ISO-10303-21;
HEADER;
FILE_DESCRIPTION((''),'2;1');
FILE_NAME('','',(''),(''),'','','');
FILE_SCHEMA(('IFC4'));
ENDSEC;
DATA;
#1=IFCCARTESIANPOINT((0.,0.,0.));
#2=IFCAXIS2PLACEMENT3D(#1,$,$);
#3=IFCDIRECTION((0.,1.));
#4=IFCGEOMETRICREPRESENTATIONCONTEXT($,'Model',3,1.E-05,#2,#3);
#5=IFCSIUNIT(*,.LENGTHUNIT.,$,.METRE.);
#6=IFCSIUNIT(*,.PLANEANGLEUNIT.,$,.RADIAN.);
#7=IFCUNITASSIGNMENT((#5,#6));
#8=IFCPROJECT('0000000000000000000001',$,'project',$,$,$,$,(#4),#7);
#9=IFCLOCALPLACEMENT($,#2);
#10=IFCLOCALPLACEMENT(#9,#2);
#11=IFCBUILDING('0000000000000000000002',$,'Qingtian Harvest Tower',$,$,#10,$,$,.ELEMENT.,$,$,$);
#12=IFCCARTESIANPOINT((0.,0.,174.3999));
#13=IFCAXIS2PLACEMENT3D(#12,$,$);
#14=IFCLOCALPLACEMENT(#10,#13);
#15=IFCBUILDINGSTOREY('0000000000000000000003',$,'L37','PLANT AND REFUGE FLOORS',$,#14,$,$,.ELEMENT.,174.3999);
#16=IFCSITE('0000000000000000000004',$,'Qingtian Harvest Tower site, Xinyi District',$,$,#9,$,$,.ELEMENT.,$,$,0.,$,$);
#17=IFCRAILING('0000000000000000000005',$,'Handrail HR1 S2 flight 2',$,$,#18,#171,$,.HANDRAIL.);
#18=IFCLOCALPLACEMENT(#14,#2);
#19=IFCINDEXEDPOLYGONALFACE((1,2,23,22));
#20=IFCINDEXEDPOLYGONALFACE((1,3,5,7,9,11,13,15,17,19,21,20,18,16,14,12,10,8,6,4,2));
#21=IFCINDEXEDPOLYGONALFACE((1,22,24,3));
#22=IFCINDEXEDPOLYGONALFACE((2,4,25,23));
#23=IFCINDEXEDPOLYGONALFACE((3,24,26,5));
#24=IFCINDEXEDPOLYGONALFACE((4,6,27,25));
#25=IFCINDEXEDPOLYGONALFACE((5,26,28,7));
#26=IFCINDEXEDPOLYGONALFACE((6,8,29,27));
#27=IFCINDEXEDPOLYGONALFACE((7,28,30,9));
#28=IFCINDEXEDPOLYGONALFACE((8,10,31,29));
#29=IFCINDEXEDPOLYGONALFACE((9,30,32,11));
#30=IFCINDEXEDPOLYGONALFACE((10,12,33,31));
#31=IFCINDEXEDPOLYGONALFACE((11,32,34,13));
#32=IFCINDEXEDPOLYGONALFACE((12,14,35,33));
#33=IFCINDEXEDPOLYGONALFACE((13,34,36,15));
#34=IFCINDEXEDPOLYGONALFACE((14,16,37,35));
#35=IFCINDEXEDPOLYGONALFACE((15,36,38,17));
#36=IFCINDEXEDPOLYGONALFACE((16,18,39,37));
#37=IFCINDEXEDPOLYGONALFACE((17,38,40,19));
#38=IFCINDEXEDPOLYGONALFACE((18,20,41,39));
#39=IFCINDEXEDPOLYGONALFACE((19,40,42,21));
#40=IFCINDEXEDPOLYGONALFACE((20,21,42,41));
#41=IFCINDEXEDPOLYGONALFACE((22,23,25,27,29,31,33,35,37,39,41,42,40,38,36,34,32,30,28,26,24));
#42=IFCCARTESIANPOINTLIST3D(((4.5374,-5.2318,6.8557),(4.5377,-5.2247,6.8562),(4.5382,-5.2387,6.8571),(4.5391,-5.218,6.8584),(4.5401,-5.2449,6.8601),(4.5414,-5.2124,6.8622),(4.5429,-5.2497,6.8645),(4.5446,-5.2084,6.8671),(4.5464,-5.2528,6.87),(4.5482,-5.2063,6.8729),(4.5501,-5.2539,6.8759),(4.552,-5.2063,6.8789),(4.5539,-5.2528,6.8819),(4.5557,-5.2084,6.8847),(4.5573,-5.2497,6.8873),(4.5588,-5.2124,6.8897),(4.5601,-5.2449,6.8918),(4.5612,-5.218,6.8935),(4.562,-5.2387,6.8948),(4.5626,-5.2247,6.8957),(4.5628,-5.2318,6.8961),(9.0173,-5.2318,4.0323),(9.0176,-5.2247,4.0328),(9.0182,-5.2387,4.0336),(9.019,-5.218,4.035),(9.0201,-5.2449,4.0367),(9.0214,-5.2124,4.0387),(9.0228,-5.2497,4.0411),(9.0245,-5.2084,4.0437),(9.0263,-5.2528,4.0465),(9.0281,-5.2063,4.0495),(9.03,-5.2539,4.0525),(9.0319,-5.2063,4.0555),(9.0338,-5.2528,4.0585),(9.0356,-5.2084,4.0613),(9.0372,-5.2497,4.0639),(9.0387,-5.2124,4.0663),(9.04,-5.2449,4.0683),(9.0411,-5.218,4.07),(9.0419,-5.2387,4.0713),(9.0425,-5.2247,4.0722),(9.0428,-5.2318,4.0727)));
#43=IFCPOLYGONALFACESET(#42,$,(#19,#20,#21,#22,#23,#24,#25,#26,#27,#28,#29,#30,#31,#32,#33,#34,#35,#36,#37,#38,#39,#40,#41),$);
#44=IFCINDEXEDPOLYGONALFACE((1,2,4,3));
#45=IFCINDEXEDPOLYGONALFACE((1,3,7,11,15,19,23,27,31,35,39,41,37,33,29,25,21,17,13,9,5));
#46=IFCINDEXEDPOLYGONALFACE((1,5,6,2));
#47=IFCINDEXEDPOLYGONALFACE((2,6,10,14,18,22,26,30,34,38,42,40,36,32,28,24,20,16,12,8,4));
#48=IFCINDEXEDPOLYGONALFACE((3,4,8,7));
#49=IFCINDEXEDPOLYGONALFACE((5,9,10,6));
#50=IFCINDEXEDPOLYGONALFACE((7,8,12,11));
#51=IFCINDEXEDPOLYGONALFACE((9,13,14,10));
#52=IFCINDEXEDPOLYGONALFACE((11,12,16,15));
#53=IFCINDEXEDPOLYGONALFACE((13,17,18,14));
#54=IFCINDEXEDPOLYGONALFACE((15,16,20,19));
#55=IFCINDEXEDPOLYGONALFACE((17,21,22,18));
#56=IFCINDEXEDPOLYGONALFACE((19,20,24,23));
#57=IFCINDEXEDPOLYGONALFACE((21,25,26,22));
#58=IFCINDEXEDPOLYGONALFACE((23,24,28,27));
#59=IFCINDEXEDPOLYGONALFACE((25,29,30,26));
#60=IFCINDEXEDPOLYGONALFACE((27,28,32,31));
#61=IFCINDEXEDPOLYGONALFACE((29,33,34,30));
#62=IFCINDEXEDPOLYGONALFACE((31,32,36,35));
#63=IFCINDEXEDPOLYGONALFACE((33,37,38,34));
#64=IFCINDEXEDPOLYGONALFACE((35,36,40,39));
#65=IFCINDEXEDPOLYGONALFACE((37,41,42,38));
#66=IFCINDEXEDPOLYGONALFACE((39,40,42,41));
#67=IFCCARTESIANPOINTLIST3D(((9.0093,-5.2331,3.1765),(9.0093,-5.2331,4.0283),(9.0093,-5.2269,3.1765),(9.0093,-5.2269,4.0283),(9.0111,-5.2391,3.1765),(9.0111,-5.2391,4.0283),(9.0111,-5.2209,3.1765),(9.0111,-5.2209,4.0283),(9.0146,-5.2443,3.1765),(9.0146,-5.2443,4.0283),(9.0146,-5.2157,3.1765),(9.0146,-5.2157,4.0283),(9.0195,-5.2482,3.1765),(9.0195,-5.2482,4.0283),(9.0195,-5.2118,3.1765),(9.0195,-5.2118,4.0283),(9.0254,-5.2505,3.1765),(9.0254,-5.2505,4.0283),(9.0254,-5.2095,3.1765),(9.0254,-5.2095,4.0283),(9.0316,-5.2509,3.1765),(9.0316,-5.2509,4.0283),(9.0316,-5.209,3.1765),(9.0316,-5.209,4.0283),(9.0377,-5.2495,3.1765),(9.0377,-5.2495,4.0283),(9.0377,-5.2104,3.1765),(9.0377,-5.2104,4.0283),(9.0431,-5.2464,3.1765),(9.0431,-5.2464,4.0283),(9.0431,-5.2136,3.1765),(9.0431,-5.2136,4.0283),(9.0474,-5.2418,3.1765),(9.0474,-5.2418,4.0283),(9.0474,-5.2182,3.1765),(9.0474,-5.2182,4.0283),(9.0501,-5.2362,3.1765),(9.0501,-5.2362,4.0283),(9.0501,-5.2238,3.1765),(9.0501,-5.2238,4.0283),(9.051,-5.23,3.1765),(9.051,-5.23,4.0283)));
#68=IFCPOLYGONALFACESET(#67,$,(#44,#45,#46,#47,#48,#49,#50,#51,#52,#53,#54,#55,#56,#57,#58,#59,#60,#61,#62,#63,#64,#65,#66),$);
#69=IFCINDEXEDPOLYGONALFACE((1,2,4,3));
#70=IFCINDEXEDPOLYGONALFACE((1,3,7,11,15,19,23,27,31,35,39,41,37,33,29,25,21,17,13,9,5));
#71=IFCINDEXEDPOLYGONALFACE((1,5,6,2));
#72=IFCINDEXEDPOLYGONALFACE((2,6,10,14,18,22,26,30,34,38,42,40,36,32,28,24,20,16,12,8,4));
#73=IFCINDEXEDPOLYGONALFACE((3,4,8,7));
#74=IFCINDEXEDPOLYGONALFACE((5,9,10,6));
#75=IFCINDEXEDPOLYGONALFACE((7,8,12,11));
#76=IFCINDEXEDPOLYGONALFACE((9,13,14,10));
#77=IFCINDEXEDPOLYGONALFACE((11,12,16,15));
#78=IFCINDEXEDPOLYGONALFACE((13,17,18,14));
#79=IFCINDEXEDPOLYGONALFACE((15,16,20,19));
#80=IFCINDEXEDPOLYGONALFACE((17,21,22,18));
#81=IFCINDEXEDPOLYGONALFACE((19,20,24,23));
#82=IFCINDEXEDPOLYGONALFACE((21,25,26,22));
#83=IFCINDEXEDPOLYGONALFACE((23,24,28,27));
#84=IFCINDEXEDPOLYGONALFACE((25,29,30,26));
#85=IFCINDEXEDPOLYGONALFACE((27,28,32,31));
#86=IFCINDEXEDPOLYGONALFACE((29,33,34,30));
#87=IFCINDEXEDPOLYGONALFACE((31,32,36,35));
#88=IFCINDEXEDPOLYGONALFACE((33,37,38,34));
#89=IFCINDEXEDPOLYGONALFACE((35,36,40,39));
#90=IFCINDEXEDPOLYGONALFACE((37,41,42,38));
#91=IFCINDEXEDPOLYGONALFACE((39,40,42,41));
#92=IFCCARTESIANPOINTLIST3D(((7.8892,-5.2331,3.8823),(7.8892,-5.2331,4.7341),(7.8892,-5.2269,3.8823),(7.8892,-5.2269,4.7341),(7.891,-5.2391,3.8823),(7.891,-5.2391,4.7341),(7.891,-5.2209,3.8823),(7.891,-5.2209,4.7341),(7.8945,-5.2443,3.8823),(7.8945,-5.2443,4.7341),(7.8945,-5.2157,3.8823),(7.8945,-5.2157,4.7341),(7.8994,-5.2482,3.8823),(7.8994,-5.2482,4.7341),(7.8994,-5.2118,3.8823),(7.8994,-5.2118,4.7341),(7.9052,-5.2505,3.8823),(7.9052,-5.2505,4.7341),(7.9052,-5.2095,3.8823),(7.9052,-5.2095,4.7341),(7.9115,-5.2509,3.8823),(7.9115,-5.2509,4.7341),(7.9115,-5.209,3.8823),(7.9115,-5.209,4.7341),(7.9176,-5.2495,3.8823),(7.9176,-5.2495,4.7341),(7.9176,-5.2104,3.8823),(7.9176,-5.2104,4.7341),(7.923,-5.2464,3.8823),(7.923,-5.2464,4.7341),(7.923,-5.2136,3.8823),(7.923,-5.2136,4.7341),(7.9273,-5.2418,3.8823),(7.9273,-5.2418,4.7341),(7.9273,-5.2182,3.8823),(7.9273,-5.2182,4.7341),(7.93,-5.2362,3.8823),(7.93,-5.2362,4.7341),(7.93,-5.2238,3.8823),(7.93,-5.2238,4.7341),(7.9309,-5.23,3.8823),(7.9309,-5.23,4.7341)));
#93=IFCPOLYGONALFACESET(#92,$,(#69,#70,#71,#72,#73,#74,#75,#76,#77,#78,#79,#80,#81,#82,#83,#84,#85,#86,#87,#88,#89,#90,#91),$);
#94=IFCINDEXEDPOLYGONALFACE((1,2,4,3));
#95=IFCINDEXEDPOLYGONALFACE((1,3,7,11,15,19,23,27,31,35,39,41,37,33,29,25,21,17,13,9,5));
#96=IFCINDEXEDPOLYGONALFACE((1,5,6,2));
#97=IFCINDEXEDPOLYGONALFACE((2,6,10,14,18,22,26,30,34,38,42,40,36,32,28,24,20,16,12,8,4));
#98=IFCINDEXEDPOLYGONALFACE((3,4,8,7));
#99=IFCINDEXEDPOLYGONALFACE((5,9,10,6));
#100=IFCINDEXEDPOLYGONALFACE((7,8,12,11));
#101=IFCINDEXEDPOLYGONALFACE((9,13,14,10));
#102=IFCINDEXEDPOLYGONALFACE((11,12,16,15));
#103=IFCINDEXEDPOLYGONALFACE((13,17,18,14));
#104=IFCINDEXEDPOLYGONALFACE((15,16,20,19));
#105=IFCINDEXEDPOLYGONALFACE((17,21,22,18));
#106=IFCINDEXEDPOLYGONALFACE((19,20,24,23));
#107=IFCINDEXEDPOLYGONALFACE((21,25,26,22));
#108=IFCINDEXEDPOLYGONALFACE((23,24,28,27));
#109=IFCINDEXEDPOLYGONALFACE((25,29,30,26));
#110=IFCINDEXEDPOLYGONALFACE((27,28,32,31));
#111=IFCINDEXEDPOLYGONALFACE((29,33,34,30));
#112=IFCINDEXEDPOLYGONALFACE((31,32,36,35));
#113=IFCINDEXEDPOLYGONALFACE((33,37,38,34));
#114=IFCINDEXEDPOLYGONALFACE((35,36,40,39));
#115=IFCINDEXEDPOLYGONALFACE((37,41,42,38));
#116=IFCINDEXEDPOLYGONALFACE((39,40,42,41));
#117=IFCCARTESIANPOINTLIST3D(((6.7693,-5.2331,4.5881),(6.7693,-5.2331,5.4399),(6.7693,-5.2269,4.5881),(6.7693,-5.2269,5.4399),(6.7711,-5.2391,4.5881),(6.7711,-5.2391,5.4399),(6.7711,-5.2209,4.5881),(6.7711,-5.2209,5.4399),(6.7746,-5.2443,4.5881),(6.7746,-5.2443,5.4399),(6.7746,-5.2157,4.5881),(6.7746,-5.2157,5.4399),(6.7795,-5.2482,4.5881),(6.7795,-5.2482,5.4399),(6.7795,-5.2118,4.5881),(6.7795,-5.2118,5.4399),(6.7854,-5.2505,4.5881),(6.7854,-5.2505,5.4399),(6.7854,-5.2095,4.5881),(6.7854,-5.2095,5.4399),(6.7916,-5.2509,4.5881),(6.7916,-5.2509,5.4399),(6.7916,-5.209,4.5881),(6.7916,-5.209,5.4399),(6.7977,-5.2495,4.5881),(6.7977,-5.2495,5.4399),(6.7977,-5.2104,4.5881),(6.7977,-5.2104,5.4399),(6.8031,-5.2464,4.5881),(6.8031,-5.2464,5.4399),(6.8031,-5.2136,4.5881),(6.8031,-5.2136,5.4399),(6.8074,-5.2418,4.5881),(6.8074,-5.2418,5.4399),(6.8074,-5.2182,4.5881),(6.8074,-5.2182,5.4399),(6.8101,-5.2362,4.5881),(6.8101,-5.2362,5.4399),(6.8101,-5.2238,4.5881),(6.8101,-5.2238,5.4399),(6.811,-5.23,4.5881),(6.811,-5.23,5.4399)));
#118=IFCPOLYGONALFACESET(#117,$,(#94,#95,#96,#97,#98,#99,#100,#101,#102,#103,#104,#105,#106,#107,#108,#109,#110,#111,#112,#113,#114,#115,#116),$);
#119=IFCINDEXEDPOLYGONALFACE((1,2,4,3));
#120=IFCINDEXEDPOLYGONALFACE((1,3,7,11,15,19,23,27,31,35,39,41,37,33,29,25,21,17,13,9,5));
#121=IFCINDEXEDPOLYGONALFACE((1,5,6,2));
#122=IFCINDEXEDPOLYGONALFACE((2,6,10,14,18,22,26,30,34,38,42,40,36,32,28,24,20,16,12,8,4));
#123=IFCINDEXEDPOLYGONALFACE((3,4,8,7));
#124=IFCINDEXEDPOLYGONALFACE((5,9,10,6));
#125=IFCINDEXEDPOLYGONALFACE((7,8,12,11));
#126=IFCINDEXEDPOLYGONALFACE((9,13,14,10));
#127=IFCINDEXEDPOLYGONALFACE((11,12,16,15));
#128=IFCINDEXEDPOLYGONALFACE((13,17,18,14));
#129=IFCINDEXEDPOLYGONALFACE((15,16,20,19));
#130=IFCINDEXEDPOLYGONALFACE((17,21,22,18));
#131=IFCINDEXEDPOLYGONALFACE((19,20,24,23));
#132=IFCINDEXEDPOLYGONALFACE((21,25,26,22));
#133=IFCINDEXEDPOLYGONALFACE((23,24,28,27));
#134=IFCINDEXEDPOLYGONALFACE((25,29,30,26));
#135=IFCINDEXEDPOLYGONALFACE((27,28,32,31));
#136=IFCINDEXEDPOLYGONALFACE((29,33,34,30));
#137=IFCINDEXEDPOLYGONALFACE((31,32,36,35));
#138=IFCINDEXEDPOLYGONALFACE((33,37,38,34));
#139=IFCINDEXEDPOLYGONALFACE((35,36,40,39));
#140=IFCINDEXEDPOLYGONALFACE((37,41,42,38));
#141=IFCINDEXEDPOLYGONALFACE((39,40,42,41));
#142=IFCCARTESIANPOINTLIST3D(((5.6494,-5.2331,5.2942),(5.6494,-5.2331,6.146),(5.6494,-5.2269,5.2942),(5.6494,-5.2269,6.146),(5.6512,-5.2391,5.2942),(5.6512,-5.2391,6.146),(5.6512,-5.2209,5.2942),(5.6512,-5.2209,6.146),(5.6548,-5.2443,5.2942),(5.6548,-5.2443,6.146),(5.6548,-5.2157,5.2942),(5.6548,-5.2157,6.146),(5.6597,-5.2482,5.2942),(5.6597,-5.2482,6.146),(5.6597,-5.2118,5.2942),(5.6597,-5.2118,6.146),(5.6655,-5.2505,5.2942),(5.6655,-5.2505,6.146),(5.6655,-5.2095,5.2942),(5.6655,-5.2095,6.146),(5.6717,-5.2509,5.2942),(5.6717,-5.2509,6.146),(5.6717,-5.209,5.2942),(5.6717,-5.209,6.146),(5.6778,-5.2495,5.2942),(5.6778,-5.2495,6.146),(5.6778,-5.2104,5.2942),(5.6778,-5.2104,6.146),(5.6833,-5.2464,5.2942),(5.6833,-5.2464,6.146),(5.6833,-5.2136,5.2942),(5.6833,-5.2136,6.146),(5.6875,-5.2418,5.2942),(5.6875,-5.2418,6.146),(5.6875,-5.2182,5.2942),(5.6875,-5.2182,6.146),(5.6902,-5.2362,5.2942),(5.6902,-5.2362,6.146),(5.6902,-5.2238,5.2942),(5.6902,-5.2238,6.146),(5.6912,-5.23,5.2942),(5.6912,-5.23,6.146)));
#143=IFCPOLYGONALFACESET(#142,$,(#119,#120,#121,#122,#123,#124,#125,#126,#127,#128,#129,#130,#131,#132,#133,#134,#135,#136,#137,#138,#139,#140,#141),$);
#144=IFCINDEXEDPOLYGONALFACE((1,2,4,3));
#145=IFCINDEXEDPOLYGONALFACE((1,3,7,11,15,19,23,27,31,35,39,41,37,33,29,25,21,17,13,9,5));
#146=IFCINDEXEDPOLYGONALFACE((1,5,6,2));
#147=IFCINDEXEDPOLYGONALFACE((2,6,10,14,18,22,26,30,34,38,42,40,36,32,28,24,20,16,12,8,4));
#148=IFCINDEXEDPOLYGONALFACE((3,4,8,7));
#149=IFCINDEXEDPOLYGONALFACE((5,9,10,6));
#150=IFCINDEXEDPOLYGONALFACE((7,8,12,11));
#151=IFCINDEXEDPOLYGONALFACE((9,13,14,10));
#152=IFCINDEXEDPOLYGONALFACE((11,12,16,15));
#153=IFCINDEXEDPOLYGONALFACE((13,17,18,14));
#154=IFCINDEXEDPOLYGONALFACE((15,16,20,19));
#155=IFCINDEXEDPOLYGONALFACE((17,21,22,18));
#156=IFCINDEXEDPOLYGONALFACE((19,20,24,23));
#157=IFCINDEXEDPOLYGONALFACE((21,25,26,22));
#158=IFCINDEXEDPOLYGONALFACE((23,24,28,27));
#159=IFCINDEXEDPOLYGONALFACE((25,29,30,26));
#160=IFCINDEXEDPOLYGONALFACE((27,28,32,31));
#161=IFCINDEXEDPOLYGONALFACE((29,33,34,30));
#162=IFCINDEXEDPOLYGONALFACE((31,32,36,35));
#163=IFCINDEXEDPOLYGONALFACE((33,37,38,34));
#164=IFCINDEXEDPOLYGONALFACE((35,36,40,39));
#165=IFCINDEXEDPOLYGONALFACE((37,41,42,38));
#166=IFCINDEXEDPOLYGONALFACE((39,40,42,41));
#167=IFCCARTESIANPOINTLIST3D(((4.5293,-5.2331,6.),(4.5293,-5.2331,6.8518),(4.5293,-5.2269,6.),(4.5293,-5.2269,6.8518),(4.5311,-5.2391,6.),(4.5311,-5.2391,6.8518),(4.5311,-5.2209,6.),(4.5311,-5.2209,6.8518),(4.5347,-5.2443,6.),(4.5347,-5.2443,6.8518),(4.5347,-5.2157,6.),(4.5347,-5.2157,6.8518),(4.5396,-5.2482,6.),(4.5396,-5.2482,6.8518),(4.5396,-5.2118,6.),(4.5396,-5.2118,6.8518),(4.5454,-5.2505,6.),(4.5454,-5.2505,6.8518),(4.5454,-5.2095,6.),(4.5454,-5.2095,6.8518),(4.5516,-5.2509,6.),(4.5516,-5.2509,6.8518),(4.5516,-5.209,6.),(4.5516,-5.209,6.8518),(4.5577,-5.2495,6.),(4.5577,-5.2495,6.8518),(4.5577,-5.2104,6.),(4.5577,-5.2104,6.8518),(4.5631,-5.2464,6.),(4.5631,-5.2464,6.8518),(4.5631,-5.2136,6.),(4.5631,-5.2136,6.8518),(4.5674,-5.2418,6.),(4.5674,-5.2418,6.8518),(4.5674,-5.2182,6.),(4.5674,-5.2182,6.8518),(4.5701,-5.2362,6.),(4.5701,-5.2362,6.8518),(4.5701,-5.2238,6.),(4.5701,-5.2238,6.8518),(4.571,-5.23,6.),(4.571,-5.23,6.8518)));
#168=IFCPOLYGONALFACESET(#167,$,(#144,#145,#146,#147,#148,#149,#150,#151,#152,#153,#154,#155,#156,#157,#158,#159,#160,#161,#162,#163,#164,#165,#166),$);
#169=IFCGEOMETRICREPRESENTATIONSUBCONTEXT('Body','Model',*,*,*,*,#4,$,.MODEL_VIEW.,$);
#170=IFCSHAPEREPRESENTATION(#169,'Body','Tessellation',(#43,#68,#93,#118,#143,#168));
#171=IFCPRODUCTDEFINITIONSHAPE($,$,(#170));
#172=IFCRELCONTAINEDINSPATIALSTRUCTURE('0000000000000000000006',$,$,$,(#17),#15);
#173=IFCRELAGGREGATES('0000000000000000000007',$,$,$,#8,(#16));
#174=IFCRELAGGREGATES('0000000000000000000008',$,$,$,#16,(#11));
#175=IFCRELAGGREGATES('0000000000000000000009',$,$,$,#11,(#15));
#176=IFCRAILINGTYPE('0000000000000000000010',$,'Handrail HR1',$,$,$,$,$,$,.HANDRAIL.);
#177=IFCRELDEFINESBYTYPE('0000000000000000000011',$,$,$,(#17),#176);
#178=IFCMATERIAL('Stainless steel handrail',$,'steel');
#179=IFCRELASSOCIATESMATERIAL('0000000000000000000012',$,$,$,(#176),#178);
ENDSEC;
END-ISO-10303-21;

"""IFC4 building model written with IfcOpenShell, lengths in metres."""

from ifc_helpers import new_model, si_unit, direction, frame, origin, origin_2d, place, context, subcontext, project, spatial, circle, extrude, material, type_object, element, save


model = new_model("IFC4")

# Units and contexts
model_context = context("Model", 3, precision=1e-05, world=origin(), true_north=direction((0.0, 1.0)))
body_context = subcontext(model_context, "Body", "Model", "MODEL_VIEW")
ifc_project = project(units=[si_unit("LENGTHUNIT", "METRE"), si_unit("PLANEANGLEUNIT", "RADIAN")], contexts=[model_context])

# Site, building, storey
site_placement = place(None, origin())
site = spatial("IfcSite", under=ifc_project, at=site_placement, Name="Qingtian Harvest Tower site, Xinyi District", CompositionType="ELEMENT", RefElevation=0.0)
building_placement = place(site_placement, origin())
building = spatial("IfcBuilding", under=site, at=building_placement, Name="Qingtian Harvest Tower", CompositionType="ELEMENT")
storey_placement = place(building_placement, frame((0.0, 0.0, 174.3999)))
storey = spatial("IfcBuildingStorey", under=building, at=storey_placement, Name="L37", Description="PLANT AND REFUGE FLOORS", CompositionType="ELEMENT", Elevation=174.3999)

# Railing
ifc_material_1 = material(Name="Stainless steel handrail", Category="steel")
railing_type = type_object("IfcRailingType", Name="Handrail HR1", PredefinedType="HANDRAIL", material=ifc_material_1)
railing_1_placement = place(storey_placement, frame((9.03, -5.23, 3.1765)))
element("IfcRailing", 1, at=railing_1_placement, inside=storey, type_object=railing_type, Name="Handrail HR1 S2 flight 2", PredefinedType="HANDRAIL", context=body_context, shape_type="SweptSolid", body=[
    extrude(circle(Radius=0.0239, at=origin_2d()), frame((0.0, 0.0, 0.876), z_axis=(-0.845998, 0.0, 0.533186), x_axis=(0.0, -1.0, 0.0)), (0.0, 0.0, 1.0), 5.2954),
    extrude(circle(Radius=0.021, at=origin_2d()), origin(), (0.0, 0.0, 1.0), 0.8518),
    extrude(circle(Radius=0.021, at=origin_2d()), frame((-1.1201, 0.0, 0.7058)), (0.0, 0.0, 1.0), 0.8518),
    extrude(circle(Radius=0.021, at=origin_2d()), frame((-2.24, 0.0, 1.4116)), (0.0, 0.0, 1.0), 0.8518),
    extrude(circle(Radius=0.021, at=origin_2d()), frame((-3.3599, 0.0, 2.1177)), (0.0, 0.0, 1.0), 0.8518),
    extrude(circle(Radius=0.021, at=origin_2d()), frame((-4.48, 0.0, 2.8235)), (0.0, 0.0, 1.0), 0.8518),
])

save(model, "model.ifc")
